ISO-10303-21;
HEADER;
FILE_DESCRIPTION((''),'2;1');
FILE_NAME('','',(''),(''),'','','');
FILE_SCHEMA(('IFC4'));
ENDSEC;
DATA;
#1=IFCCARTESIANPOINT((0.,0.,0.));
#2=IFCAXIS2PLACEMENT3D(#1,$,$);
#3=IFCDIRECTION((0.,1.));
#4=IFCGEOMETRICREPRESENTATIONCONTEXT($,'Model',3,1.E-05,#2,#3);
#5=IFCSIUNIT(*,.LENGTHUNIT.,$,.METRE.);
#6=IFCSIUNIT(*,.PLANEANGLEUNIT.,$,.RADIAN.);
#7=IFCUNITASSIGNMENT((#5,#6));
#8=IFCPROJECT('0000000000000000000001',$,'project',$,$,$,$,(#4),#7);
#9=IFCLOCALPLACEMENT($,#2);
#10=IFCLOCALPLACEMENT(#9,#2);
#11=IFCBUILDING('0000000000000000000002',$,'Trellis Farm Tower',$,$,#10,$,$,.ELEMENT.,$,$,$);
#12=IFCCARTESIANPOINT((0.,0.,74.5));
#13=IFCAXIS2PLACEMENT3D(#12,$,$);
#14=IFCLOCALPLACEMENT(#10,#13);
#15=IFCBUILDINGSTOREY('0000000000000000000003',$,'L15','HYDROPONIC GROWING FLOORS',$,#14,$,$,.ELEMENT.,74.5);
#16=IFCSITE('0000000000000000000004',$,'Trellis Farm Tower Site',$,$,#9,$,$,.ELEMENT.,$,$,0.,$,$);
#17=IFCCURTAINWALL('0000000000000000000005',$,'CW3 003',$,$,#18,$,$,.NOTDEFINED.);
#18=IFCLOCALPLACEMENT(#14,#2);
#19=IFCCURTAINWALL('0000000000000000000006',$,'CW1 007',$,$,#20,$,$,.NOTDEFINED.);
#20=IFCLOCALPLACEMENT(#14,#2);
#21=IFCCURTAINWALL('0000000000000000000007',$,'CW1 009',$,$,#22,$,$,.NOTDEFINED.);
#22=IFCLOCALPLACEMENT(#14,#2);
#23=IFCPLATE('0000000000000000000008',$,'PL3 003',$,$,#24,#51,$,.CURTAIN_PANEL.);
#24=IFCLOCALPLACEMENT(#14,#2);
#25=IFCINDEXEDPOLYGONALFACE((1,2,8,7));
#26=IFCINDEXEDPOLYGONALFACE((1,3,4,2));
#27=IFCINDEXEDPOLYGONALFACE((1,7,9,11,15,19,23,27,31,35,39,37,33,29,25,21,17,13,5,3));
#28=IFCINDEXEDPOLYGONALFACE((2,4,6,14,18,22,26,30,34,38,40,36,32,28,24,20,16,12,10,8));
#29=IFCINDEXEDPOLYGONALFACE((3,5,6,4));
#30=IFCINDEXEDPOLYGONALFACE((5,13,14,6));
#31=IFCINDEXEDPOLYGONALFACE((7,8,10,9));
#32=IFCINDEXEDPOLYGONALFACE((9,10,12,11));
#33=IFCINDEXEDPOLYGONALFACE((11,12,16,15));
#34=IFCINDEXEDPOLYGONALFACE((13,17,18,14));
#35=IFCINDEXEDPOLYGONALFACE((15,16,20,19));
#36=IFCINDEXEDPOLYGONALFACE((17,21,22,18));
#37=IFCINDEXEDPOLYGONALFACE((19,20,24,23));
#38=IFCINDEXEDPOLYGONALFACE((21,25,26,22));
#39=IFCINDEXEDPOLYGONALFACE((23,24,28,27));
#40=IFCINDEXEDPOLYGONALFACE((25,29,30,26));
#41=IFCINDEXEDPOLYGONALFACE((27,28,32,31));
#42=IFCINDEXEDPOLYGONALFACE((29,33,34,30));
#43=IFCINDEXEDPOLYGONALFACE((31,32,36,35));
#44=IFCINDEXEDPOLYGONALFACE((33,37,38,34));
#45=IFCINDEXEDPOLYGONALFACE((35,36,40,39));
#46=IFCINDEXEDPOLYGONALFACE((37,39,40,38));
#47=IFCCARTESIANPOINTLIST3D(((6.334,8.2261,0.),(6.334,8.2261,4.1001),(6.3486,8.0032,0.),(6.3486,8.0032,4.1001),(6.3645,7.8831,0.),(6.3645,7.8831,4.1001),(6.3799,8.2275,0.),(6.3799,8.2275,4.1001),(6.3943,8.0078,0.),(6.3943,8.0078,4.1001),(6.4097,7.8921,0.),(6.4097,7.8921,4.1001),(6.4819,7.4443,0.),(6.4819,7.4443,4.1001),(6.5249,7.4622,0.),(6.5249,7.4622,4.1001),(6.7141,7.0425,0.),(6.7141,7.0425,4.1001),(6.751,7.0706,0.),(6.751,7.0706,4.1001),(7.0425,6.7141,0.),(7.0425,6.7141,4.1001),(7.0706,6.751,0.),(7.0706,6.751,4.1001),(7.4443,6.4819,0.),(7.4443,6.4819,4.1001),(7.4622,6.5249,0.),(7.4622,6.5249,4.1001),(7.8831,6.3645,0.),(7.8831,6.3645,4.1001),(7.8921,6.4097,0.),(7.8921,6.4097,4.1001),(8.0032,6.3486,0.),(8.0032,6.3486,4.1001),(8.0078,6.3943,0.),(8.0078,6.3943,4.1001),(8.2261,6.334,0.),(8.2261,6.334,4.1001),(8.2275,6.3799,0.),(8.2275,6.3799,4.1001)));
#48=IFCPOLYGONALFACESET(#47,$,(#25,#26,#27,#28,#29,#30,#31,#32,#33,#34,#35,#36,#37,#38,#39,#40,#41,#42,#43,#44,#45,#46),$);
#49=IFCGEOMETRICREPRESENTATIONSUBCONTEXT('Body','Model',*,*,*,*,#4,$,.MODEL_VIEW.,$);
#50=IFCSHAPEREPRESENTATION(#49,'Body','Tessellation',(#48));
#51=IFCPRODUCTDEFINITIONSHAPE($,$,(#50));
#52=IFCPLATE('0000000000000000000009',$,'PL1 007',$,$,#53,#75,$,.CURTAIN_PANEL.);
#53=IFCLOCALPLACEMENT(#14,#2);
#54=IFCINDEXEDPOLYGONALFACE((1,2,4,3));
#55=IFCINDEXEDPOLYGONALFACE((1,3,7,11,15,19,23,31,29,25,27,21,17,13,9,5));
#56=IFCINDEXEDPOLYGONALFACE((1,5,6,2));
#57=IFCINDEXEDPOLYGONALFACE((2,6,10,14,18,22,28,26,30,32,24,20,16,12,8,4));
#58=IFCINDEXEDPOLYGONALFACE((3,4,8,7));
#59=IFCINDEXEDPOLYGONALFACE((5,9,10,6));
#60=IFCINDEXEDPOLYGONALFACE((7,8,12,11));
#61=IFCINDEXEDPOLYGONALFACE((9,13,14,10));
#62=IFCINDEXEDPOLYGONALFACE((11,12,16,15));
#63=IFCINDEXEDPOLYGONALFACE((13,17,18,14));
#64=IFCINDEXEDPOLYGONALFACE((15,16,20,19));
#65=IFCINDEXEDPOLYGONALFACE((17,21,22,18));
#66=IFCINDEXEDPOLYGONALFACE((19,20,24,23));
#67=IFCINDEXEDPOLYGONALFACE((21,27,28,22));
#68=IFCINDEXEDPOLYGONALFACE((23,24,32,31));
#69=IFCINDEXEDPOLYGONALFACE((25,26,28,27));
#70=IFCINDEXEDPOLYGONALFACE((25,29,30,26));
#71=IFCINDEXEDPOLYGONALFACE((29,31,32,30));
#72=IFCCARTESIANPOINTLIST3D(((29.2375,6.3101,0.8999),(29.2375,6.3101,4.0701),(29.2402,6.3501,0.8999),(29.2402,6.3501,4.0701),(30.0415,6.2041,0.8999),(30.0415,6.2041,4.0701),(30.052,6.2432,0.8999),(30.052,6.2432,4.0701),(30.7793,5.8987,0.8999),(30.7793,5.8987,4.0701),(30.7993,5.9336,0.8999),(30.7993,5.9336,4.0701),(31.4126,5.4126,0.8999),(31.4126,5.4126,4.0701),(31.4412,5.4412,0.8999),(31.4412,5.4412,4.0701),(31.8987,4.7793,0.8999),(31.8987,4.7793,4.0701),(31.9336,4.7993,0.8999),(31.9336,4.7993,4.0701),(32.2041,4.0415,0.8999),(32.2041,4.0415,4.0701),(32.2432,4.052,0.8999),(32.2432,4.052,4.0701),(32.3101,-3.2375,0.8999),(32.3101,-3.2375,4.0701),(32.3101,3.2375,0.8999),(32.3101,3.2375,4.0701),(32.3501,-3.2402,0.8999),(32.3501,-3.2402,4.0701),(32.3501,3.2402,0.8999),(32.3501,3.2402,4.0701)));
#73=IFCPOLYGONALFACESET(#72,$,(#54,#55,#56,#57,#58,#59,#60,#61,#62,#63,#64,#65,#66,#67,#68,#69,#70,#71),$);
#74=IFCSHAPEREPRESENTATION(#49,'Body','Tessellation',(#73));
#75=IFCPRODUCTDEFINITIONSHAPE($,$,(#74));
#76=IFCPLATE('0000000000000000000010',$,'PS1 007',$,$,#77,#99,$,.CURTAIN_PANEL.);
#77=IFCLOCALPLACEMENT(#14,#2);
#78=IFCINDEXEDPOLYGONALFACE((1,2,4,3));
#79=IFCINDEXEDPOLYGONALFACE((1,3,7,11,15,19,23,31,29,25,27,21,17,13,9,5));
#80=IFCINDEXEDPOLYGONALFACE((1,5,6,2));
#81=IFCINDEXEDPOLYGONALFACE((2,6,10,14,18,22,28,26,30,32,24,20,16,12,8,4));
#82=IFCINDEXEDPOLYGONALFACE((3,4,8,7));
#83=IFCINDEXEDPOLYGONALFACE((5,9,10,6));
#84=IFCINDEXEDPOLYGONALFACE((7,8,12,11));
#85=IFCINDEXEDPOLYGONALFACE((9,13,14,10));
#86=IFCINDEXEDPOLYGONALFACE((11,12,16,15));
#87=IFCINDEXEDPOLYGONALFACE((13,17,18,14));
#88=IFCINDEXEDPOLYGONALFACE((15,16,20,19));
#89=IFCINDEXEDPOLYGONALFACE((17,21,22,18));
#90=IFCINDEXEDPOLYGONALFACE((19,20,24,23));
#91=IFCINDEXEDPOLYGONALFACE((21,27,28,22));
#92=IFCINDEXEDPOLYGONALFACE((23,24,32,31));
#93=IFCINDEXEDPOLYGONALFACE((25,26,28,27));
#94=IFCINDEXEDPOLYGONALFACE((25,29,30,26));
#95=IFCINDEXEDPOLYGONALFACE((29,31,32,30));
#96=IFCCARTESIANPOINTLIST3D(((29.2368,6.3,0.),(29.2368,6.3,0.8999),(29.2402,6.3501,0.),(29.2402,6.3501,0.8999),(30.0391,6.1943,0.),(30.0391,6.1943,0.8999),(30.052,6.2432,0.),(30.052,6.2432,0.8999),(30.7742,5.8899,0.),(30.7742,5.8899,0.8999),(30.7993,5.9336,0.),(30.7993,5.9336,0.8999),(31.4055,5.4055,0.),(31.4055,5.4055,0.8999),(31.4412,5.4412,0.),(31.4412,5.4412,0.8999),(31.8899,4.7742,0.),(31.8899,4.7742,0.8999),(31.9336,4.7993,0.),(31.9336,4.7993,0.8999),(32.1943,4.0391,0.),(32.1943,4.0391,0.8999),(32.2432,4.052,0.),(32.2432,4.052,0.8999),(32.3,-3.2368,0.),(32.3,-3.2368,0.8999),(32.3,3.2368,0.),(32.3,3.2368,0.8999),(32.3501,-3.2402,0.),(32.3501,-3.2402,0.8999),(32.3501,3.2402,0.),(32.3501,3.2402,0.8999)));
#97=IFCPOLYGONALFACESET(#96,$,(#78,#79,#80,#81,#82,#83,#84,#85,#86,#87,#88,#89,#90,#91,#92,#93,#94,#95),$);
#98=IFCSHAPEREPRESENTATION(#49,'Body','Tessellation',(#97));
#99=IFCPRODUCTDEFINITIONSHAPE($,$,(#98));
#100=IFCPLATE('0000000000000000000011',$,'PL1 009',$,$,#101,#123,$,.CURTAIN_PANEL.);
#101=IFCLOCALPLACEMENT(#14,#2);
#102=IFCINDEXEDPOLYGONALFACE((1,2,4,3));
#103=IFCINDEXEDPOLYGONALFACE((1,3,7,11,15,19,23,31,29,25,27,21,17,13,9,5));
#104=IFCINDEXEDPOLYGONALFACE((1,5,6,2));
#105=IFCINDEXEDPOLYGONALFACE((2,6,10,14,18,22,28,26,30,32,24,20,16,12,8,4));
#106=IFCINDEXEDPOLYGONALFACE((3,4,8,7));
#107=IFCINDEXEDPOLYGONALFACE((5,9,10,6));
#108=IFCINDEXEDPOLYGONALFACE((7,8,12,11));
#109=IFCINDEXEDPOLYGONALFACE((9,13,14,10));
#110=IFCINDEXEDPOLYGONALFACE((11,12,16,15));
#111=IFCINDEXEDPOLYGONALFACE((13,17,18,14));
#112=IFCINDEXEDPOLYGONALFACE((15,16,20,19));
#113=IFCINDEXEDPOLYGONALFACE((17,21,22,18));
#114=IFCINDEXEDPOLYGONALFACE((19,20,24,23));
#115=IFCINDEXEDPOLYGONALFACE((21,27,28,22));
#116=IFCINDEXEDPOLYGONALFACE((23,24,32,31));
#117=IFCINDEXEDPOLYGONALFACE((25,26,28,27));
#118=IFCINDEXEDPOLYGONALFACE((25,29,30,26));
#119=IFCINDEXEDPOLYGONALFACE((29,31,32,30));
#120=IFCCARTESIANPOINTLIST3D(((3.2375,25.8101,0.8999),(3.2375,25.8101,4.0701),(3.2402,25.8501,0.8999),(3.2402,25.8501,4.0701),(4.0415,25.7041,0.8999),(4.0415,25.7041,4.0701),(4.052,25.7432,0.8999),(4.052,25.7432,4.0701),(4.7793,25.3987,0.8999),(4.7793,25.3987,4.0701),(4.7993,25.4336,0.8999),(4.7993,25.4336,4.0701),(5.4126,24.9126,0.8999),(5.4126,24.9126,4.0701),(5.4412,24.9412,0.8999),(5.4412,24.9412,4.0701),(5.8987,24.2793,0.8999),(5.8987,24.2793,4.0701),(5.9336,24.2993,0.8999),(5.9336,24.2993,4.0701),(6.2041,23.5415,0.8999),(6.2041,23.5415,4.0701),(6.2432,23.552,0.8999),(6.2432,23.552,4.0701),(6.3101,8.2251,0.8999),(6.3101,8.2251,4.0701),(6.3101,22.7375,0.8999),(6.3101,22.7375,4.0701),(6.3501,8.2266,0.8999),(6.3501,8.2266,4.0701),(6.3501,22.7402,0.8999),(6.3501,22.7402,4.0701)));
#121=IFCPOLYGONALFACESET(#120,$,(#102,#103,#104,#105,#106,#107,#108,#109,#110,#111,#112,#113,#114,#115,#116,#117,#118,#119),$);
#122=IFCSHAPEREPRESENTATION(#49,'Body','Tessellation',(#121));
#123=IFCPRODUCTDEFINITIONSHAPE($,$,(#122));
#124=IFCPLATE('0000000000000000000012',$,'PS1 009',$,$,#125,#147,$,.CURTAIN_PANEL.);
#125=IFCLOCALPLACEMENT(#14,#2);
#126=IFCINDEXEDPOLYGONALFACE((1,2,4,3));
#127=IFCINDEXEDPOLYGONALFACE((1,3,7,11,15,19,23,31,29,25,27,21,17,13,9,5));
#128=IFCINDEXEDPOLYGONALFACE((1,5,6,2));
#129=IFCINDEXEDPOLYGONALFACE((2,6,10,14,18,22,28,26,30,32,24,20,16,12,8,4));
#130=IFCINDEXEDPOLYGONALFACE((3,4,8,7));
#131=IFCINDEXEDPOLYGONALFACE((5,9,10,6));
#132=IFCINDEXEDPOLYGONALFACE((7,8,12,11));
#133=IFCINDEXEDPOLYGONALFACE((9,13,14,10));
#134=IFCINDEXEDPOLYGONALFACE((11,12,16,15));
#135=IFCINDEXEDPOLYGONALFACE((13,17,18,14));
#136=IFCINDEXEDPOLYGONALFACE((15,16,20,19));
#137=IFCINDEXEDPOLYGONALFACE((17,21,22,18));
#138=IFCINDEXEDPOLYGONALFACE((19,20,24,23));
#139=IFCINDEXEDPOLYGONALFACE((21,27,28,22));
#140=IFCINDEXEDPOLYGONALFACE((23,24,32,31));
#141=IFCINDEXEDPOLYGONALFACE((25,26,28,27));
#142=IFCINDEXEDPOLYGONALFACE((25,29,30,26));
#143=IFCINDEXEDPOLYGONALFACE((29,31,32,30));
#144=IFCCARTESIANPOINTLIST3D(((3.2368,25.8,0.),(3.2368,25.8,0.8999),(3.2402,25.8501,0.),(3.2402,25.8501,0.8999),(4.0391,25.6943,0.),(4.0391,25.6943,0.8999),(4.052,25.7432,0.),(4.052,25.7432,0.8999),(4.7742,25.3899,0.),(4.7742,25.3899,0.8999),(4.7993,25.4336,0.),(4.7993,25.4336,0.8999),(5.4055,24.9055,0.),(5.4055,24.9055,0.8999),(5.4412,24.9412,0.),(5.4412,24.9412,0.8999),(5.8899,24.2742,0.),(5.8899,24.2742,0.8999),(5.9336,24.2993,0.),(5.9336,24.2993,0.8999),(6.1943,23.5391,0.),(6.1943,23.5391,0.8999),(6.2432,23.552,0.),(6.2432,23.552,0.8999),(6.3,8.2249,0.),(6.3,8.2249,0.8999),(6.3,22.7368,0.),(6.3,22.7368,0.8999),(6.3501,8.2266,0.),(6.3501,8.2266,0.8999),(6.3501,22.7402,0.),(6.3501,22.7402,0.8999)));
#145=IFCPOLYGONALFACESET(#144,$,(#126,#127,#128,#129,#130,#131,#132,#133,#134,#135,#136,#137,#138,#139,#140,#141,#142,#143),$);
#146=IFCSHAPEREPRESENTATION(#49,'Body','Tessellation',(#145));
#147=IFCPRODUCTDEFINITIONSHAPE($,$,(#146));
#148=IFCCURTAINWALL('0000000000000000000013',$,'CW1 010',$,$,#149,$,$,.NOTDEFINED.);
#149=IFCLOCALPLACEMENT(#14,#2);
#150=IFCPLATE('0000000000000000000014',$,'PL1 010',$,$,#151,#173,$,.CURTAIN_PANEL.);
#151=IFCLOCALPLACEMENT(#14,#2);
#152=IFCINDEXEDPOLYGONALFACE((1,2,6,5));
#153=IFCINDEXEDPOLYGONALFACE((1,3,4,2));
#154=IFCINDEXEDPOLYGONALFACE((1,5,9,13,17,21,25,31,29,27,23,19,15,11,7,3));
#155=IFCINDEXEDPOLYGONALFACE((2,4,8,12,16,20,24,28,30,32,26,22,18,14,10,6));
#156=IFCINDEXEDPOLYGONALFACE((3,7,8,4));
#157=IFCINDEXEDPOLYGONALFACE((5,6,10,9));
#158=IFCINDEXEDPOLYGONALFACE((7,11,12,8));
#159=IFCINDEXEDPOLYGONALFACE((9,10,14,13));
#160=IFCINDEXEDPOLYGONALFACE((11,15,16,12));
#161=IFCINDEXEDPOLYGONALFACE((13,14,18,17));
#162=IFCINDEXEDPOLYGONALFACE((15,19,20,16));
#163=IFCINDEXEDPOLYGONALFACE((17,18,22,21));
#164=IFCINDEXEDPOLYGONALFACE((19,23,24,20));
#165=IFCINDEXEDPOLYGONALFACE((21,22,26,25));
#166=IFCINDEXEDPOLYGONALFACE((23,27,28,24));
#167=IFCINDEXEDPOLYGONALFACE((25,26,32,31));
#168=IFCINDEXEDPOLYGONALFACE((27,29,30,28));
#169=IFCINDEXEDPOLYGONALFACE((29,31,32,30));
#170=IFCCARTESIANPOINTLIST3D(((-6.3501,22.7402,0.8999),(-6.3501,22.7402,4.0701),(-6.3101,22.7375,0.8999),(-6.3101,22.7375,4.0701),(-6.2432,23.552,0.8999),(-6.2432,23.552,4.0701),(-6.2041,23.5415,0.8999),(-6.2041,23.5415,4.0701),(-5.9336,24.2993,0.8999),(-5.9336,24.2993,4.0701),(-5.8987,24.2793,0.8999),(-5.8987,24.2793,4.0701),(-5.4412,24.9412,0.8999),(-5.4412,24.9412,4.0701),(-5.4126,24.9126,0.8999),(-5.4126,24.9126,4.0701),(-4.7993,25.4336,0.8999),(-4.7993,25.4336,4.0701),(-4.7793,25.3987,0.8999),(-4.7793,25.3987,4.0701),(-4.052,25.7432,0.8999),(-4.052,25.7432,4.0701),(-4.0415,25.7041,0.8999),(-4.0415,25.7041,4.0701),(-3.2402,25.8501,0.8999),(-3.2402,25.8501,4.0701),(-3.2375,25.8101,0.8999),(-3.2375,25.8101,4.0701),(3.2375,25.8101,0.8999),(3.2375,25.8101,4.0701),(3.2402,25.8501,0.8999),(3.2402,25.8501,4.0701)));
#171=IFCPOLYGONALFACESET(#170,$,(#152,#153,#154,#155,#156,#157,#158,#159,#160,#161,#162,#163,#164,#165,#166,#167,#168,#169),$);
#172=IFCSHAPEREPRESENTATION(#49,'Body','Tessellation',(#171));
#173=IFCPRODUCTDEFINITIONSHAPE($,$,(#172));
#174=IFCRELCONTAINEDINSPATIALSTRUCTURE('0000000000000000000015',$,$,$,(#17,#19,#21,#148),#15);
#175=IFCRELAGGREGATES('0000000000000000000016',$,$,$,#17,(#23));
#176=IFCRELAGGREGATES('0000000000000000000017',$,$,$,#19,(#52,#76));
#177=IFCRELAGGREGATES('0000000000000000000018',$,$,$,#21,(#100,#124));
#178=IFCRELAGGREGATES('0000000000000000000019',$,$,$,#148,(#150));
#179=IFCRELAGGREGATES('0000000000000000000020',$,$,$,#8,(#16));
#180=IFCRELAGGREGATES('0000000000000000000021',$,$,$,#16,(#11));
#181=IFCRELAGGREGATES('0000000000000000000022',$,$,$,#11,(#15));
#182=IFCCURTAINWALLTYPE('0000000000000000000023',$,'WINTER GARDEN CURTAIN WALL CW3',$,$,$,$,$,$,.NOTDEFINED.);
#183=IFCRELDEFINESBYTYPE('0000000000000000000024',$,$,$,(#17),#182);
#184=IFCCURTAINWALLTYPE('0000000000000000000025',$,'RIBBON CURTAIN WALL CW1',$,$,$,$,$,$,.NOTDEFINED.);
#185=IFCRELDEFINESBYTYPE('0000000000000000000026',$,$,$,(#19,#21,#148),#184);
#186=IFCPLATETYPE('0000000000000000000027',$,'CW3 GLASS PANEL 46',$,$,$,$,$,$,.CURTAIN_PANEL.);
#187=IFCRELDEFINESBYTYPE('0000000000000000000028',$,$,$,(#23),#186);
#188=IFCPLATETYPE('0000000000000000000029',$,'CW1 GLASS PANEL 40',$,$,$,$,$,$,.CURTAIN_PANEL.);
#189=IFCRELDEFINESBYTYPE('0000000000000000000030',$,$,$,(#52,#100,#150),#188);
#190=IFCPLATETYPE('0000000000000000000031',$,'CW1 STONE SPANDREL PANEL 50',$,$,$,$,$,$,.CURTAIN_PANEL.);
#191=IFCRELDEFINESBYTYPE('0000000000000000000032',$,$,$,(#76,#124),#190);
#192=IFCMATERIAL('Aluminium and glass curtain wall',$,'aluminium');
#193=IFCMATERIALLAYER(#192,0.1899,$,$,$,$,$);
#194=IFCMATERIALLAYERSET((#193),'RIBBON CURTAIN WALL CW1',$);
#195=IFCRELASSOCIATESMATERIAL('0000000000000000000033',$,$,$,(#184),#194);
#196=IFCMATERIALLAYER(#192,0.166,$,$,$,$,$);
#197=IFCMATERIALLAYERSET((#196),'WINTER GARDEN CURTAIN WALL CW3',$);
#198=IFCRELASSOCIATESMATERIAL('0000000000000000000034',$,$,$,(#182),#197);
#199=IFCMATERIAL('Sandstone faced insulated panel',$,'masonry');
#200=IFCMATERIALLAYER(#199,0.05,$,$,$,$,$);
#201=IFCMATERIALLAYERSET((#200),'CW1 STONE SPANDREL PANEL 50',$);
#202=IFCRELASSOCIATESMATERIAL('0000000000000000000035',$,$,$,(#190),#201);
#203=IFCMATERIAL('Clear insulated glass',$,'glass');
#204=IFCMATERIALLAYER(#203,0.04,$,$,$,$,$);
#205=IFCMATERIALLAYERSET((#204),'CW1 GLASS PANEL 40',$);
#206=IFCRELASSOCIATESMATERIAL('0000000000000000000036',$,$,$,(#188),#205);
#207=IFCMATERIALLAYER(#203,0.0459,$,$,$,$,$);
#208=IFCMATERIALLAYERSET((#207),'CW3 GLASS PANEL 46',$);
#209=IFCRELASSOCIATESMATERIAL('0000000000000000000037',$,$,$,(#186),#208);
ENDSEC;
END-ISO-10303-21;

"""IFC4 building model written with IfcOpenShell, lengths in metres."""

from ifc_helpers import new_model, si_unit, direction, frame, origin, place, context, subcontext, project, spatial, polyline, outline, extrude, source, transform, mapped, material, layer, layer_set, type_object, element, aggregate, save


model = new_model("IFC4")

# Units and contexts
model_context = context("Model", 3, precision=1e-05, world=origin(), true_north=direction((0.0, 1.0)))
body_context = subcontext(model_context, "Body", "Model", "MODEL_VIEW")
ifc_project = project(units=[si_unit("LENGTHUNIT", "METRE"), si_unit("PLANEANGLEUNIT", "RADIAN")], contexts=[model_context])

# Site, building, storey
site_placement = place(None, origin())
site = spatial("IfcSite", under=ifc_project, at=site_placement, Name="Trellis Farm Tower Site", CompositionType="ELEMENT", RefElevation=0.0)
building_placement = place(site_placement, origin())
building = spatial("IfcBuilding", under=site, at=building_placement, Name="Trellis Farm Tower", CompositionType="ELEMENT")
storey_placement = place(building_placement, frame((0.0, 0.0, 74.5)))
storey = spatial("IfcBuildingStorey", under=building, at=storey_placement, Name="L15", Description="HYDROPONIC GROWING FLOORS", CompositionType="ELEMENT", Elevation=74.5)

# Curtain walls
ifc_material_1 = material(Name="Aluminium and glass curtain wall", Category="aluminium")
ifc_layer_1 = layer(ifc_material_1, 0.1899)
ifc_layer_set_1 = layer_set([ifc_layer_1], Name="RIBBON CURTAIN WALL CW1")
curtain_wall_type_1 = type_object("IfcCurtainWallType", Name="RIBBON CURTAIN WALL CW1", PredefinedType="NOTDEFINED", material=ifc_layer_set_1)
placement_1 = place(storey_placement, origin())
ifc_layer_2 = layer(ifc_material_1, 0.166)
ifc_layer_set_2 = layer_set([ifc_layer_2], Name="WINTER GARDEN CURTAIN WALL CW3")
curtain_wall_type_2 = type_object("IfcCurtainWallType", Name="WINTER GARDEN CURTAIN WALL CW3", PredefinedType="NOTDEFINED", material=ifc_layer_set_2)
curtain_wall_1 = element("IfcCurtainWall", 1, at=placement_1, inside=storey, type_object=curtain_wall_type_2, Name="CW3 003", PredefinedType="NOTDEFINED")
curtain_wall_2 = element("IfcCurtainWall", 2, at=placement_1, inside=storey, type_object=curtain_wall_type_1, Name="CW1 007", PredefinedType="NOTDEFINED")
curtain_wall_3 = element("IfcCurtainWall", 3, at=placement_1, inside=storey, type_object=curtain_wall_type_1, Name="CW1 009", PredefinedType="NOTDEFINED")

# Plates
ifc_material_2 = material(Name="Sandstone faced insulated panel", Category="masonry")
ifc_layer_3 = layer(ifc_material_2, 0.05)
ifc_layer_set_3 = layer_set([ifc_layer_3], Name="CW1 STONE SPANDREL PANEL 50")
plate_type_1 = type_object("IfcPlateType", Name="CW1 STONE SPANDREL PANEL 50", PredefinedType="CURTAIN_PANEL", material=ifc_layer_set_3)
ifc_material_3 = material(Name="Clear insulated glass", Category="glass")
ifc_layer_4 = layer(ifc_material_3, 0.04)
ifc_layer_set_4 = layer_set([ifc_layer_4], Name="CW1 GLASS PANEL 40")
plate_type_2 = type_object("IfcPlateType", Name="CW1 GLASS PANEL 40", PredefinedType="CURTAIN_PANEL", material=ifc_layer_set_4)
placement_2 = place(storey_placement, frame((0.0, 0.0, 0.8999)))
ifc_layer_5 = layer(ifc_material_3, 0.0459)
ifc_layer_set_5 = layer_set([ifc_layer_5], Name="CW3 GLASS PANEL 46")
plate_type_3 = type_object("IfcPlateType", Name="CW3 GLASS PANEL 46", PredefinedType="CURTAIN_PANEL", material=ifc_layer_set_5)
shared_shape_1 = source(origin(), body_context, "Body", "SweptSolid", [
    extrude(outline(polyline([(8.2275, 6.3799), (8.0078, 6.3943), (7.8921, 6.4097), (7.4622, 6.5249), (7.0706, 6.751), (6.751, 7.0706), (6.5249, 7.4622), (6.4097, 7.8921), (6.3943, 8.0078), (6.3799, 8.2275), (6.334, 8.2261), (6.3486, 8.0032), (6.3645, 7.8831), (6.4819, 7.4443), (6.7141, 7.0425), (7.0425, 6.7141), (7.4443, 6.4819), (7.8831, 6.3645), (8.0032, 6.3486), (8.2261, 6.334), (8.2275, 6.3799)])), origin(), (0.0, 0.0, 1.0), 4.1001),
])
plate_1 = element("IfcPlate", 4, at=placement_1, type_object=plate_type_3, Name="PL3 003", PredefinedType="CURTAIN_PANEL", context=body_context, shape_type="MappedRepresentation", body=[
    mapped(shared_shape_1, transform((0.0, 0.0, 0.0))),
])
aggregate(curtain_wall_1, [plate_1])
shared_shape_2 = source(origin(), body_context, "Body", "SweptSolid", [
    extrude(outline(polyline([(32.3501, -3.2402), (32.3501, 3.2402), (32.2432, 4.052), (31.9336, 4.7993), (31.4412, 5.4412), (30.7993, 5.9336), (30.052, 6.2432), (29.2402, 6.3501), (29.2375, 6.3101), (30.0415, 6.2041), (30.7793, 5.8987), (31.4126, 5.4126), (31.8987, 4.7793), (32.2041, 4.0415), (32.3101, 3.2375), (32.3101, -3.2375), (32.3501, -3.2402)])), origin(), (0.0, 0.0, 1.0), 3.1702),
])
plate_2 = element("IfcPlate", 5, at=placement_2, type_object=plate_type_2, Name="PL1 007", PredefinedType="CURTAIN_PANEL", context=body_context, shape_type="MappedRepresentation", body=[
    mapped(shared_shape_2, transform((0.0, 0.0, 0.0))),
])
shared_shape_3 = source(origin(), body_context, "Body", "SweptSolid", [
    extrude(outline(polyline([(32.3501, -3.2402), (32.3501, 3.2402), (32.2432, 4.052), (31.9336, 4.7993), (31.4412, 5.4412), (30.7993, 5.9336), (30.052, 6.2432), (29.2402, 6.3501), (29.2368, 6.3), (30.0391, 6.1943), (30.7742, 5.8899), (31.4055, 5.4055), (31.8899, 4.7742), (32.1943, 4.0391), (32.3, 3.2368), (32.3, -3.2368), (32.3501, -3.2402)])), origin(), (0.0, 0.0, 1.0), 0.8999),
])
plate_3 = element("IfcPlate", 6, at=placement_1, type_object=plate_type_1, Name="PS1 007", PredefinedType="CURTAIN_PANEL", context=body_context, shape_type="MappedRepresentation", body=[
    mapped(shared_shape_3, transform((0.0, 0.0, 0.0))),
])
aggregate(curtain_wall_2, [plate_2, plate_3])
shared_shape_4 = source(origin(), body_context, "Body", "SweptSolid", [
    extrude(outline(polyline([(6.3501, 8.2266), (6.3501, 22.7402), (6.2432, 23.552), (5.9336, 24.2993), (5.4412, 24.9412), (4.7993, 25.4336), (4.052, 25.7432), (3.2402, 25.8501), (3.2375, 25.8101), (4.0415, 25.7041), (4.7793, 25.3987), (5.4126, 24.9126), (5.8987, 24.2793), (6.2041, 23.5415), (6.3101, 22.7375), (6.3101, 8.2251), (6.3501, 8.2266)])), origin(), (0.0, 0.0, 1.0), 3.1702),
])
plate_4 = element("IfcPlate", 7, at=placement_2, type_object=plate_type_2, Name="PL1 009", PredefinedType="CURTAIN_PANEL", context=body_context, shape_type="MappedRepresentation", body=[
    mapped(shared_shape_4, transform((0.0, 0.0, 0.0))),
])
shared_shape_5 = source(origin(), body_context, "Body", "SweptSolid", [
    extrude(outline(polyline([(6.3501, 8.2266), (6.3501, 22.7402), (6.2432, 23.552), (5.9336, 24.2993), (5.4412, 24.9412), (4.7993, 25.4336), (4.052, 25.7432), (3.2402, 25.8501), (3.2368, 25.8), (4.0391, 25.6943), (4.7742, 25.3899), (5.4055, 24.9055), (5.8899, 24.2742), (6.1943, 23.5391), (6.3, 22.7368), (6.3, 8.2249), (6.3501, 8.2266)])), origin(), (0.0, 0.0, 1.0), 0.8999),
])
plate_5 = element("IfcPlate", 8, at=placement_1, type_object=plate_type_1, Name="PS1 009", PredefinedType="CURTAIN_PANEL", context=body_context, shape_type="MappedRepresentation", body=[
    mapped(shared_shape_5, transform((0.0, 0.0, 0.0))),
])
aggregate(curtain_wall_3, [plate_4, plate_5])

# Curtain wall, plate
curtain_wall_4 = element("IfcCurtainWall", 9, at=placement_1, inside=storey, type_object=curtain_wall_type_1, Name="CW1 010", PredefinedType="NOTDEFINED")
shared_shape_6 = source(origin(), body_context, "Body", "SweptSolid", [
    extrude(outline(polyline([(3.2402, 25.8501), (-3.2402, 25.8501), (-4.052, 25.7432), (-4.7993, 25.4336), (-5.4412, 24.9412), (-5.9336, 24.2993), (-6.2432, 23.552), (-6.3501, 22.7402), (-6.3101, 22.7375), (-6.2041, 23.5415), (-5.8987, 24.2793), (-5.4126, 24.9126), (-4.7793, 25.3987), (-4.0415, 25.7041), (-3.2375, 25.8101), (3.2375, 25.8101), (3.2402, 25.8501)])), origin(), (0.0, 0.0, 1.0), 3.1702),
])
plate_6 = element("IfcPlate", 10, at=placement_2, type_object=plate_type_2, Name="PL1 010", PredefinedType="CURTAIN_PANEL", context=body_context, shape_type="MappedRepresentation", body=[
    mapped(shared_shape_6, transform((0.0, 0.0, 0.0))),
])
aggregate(curtain_wall_4, [plate_6])

save(model, "model.ifc")
